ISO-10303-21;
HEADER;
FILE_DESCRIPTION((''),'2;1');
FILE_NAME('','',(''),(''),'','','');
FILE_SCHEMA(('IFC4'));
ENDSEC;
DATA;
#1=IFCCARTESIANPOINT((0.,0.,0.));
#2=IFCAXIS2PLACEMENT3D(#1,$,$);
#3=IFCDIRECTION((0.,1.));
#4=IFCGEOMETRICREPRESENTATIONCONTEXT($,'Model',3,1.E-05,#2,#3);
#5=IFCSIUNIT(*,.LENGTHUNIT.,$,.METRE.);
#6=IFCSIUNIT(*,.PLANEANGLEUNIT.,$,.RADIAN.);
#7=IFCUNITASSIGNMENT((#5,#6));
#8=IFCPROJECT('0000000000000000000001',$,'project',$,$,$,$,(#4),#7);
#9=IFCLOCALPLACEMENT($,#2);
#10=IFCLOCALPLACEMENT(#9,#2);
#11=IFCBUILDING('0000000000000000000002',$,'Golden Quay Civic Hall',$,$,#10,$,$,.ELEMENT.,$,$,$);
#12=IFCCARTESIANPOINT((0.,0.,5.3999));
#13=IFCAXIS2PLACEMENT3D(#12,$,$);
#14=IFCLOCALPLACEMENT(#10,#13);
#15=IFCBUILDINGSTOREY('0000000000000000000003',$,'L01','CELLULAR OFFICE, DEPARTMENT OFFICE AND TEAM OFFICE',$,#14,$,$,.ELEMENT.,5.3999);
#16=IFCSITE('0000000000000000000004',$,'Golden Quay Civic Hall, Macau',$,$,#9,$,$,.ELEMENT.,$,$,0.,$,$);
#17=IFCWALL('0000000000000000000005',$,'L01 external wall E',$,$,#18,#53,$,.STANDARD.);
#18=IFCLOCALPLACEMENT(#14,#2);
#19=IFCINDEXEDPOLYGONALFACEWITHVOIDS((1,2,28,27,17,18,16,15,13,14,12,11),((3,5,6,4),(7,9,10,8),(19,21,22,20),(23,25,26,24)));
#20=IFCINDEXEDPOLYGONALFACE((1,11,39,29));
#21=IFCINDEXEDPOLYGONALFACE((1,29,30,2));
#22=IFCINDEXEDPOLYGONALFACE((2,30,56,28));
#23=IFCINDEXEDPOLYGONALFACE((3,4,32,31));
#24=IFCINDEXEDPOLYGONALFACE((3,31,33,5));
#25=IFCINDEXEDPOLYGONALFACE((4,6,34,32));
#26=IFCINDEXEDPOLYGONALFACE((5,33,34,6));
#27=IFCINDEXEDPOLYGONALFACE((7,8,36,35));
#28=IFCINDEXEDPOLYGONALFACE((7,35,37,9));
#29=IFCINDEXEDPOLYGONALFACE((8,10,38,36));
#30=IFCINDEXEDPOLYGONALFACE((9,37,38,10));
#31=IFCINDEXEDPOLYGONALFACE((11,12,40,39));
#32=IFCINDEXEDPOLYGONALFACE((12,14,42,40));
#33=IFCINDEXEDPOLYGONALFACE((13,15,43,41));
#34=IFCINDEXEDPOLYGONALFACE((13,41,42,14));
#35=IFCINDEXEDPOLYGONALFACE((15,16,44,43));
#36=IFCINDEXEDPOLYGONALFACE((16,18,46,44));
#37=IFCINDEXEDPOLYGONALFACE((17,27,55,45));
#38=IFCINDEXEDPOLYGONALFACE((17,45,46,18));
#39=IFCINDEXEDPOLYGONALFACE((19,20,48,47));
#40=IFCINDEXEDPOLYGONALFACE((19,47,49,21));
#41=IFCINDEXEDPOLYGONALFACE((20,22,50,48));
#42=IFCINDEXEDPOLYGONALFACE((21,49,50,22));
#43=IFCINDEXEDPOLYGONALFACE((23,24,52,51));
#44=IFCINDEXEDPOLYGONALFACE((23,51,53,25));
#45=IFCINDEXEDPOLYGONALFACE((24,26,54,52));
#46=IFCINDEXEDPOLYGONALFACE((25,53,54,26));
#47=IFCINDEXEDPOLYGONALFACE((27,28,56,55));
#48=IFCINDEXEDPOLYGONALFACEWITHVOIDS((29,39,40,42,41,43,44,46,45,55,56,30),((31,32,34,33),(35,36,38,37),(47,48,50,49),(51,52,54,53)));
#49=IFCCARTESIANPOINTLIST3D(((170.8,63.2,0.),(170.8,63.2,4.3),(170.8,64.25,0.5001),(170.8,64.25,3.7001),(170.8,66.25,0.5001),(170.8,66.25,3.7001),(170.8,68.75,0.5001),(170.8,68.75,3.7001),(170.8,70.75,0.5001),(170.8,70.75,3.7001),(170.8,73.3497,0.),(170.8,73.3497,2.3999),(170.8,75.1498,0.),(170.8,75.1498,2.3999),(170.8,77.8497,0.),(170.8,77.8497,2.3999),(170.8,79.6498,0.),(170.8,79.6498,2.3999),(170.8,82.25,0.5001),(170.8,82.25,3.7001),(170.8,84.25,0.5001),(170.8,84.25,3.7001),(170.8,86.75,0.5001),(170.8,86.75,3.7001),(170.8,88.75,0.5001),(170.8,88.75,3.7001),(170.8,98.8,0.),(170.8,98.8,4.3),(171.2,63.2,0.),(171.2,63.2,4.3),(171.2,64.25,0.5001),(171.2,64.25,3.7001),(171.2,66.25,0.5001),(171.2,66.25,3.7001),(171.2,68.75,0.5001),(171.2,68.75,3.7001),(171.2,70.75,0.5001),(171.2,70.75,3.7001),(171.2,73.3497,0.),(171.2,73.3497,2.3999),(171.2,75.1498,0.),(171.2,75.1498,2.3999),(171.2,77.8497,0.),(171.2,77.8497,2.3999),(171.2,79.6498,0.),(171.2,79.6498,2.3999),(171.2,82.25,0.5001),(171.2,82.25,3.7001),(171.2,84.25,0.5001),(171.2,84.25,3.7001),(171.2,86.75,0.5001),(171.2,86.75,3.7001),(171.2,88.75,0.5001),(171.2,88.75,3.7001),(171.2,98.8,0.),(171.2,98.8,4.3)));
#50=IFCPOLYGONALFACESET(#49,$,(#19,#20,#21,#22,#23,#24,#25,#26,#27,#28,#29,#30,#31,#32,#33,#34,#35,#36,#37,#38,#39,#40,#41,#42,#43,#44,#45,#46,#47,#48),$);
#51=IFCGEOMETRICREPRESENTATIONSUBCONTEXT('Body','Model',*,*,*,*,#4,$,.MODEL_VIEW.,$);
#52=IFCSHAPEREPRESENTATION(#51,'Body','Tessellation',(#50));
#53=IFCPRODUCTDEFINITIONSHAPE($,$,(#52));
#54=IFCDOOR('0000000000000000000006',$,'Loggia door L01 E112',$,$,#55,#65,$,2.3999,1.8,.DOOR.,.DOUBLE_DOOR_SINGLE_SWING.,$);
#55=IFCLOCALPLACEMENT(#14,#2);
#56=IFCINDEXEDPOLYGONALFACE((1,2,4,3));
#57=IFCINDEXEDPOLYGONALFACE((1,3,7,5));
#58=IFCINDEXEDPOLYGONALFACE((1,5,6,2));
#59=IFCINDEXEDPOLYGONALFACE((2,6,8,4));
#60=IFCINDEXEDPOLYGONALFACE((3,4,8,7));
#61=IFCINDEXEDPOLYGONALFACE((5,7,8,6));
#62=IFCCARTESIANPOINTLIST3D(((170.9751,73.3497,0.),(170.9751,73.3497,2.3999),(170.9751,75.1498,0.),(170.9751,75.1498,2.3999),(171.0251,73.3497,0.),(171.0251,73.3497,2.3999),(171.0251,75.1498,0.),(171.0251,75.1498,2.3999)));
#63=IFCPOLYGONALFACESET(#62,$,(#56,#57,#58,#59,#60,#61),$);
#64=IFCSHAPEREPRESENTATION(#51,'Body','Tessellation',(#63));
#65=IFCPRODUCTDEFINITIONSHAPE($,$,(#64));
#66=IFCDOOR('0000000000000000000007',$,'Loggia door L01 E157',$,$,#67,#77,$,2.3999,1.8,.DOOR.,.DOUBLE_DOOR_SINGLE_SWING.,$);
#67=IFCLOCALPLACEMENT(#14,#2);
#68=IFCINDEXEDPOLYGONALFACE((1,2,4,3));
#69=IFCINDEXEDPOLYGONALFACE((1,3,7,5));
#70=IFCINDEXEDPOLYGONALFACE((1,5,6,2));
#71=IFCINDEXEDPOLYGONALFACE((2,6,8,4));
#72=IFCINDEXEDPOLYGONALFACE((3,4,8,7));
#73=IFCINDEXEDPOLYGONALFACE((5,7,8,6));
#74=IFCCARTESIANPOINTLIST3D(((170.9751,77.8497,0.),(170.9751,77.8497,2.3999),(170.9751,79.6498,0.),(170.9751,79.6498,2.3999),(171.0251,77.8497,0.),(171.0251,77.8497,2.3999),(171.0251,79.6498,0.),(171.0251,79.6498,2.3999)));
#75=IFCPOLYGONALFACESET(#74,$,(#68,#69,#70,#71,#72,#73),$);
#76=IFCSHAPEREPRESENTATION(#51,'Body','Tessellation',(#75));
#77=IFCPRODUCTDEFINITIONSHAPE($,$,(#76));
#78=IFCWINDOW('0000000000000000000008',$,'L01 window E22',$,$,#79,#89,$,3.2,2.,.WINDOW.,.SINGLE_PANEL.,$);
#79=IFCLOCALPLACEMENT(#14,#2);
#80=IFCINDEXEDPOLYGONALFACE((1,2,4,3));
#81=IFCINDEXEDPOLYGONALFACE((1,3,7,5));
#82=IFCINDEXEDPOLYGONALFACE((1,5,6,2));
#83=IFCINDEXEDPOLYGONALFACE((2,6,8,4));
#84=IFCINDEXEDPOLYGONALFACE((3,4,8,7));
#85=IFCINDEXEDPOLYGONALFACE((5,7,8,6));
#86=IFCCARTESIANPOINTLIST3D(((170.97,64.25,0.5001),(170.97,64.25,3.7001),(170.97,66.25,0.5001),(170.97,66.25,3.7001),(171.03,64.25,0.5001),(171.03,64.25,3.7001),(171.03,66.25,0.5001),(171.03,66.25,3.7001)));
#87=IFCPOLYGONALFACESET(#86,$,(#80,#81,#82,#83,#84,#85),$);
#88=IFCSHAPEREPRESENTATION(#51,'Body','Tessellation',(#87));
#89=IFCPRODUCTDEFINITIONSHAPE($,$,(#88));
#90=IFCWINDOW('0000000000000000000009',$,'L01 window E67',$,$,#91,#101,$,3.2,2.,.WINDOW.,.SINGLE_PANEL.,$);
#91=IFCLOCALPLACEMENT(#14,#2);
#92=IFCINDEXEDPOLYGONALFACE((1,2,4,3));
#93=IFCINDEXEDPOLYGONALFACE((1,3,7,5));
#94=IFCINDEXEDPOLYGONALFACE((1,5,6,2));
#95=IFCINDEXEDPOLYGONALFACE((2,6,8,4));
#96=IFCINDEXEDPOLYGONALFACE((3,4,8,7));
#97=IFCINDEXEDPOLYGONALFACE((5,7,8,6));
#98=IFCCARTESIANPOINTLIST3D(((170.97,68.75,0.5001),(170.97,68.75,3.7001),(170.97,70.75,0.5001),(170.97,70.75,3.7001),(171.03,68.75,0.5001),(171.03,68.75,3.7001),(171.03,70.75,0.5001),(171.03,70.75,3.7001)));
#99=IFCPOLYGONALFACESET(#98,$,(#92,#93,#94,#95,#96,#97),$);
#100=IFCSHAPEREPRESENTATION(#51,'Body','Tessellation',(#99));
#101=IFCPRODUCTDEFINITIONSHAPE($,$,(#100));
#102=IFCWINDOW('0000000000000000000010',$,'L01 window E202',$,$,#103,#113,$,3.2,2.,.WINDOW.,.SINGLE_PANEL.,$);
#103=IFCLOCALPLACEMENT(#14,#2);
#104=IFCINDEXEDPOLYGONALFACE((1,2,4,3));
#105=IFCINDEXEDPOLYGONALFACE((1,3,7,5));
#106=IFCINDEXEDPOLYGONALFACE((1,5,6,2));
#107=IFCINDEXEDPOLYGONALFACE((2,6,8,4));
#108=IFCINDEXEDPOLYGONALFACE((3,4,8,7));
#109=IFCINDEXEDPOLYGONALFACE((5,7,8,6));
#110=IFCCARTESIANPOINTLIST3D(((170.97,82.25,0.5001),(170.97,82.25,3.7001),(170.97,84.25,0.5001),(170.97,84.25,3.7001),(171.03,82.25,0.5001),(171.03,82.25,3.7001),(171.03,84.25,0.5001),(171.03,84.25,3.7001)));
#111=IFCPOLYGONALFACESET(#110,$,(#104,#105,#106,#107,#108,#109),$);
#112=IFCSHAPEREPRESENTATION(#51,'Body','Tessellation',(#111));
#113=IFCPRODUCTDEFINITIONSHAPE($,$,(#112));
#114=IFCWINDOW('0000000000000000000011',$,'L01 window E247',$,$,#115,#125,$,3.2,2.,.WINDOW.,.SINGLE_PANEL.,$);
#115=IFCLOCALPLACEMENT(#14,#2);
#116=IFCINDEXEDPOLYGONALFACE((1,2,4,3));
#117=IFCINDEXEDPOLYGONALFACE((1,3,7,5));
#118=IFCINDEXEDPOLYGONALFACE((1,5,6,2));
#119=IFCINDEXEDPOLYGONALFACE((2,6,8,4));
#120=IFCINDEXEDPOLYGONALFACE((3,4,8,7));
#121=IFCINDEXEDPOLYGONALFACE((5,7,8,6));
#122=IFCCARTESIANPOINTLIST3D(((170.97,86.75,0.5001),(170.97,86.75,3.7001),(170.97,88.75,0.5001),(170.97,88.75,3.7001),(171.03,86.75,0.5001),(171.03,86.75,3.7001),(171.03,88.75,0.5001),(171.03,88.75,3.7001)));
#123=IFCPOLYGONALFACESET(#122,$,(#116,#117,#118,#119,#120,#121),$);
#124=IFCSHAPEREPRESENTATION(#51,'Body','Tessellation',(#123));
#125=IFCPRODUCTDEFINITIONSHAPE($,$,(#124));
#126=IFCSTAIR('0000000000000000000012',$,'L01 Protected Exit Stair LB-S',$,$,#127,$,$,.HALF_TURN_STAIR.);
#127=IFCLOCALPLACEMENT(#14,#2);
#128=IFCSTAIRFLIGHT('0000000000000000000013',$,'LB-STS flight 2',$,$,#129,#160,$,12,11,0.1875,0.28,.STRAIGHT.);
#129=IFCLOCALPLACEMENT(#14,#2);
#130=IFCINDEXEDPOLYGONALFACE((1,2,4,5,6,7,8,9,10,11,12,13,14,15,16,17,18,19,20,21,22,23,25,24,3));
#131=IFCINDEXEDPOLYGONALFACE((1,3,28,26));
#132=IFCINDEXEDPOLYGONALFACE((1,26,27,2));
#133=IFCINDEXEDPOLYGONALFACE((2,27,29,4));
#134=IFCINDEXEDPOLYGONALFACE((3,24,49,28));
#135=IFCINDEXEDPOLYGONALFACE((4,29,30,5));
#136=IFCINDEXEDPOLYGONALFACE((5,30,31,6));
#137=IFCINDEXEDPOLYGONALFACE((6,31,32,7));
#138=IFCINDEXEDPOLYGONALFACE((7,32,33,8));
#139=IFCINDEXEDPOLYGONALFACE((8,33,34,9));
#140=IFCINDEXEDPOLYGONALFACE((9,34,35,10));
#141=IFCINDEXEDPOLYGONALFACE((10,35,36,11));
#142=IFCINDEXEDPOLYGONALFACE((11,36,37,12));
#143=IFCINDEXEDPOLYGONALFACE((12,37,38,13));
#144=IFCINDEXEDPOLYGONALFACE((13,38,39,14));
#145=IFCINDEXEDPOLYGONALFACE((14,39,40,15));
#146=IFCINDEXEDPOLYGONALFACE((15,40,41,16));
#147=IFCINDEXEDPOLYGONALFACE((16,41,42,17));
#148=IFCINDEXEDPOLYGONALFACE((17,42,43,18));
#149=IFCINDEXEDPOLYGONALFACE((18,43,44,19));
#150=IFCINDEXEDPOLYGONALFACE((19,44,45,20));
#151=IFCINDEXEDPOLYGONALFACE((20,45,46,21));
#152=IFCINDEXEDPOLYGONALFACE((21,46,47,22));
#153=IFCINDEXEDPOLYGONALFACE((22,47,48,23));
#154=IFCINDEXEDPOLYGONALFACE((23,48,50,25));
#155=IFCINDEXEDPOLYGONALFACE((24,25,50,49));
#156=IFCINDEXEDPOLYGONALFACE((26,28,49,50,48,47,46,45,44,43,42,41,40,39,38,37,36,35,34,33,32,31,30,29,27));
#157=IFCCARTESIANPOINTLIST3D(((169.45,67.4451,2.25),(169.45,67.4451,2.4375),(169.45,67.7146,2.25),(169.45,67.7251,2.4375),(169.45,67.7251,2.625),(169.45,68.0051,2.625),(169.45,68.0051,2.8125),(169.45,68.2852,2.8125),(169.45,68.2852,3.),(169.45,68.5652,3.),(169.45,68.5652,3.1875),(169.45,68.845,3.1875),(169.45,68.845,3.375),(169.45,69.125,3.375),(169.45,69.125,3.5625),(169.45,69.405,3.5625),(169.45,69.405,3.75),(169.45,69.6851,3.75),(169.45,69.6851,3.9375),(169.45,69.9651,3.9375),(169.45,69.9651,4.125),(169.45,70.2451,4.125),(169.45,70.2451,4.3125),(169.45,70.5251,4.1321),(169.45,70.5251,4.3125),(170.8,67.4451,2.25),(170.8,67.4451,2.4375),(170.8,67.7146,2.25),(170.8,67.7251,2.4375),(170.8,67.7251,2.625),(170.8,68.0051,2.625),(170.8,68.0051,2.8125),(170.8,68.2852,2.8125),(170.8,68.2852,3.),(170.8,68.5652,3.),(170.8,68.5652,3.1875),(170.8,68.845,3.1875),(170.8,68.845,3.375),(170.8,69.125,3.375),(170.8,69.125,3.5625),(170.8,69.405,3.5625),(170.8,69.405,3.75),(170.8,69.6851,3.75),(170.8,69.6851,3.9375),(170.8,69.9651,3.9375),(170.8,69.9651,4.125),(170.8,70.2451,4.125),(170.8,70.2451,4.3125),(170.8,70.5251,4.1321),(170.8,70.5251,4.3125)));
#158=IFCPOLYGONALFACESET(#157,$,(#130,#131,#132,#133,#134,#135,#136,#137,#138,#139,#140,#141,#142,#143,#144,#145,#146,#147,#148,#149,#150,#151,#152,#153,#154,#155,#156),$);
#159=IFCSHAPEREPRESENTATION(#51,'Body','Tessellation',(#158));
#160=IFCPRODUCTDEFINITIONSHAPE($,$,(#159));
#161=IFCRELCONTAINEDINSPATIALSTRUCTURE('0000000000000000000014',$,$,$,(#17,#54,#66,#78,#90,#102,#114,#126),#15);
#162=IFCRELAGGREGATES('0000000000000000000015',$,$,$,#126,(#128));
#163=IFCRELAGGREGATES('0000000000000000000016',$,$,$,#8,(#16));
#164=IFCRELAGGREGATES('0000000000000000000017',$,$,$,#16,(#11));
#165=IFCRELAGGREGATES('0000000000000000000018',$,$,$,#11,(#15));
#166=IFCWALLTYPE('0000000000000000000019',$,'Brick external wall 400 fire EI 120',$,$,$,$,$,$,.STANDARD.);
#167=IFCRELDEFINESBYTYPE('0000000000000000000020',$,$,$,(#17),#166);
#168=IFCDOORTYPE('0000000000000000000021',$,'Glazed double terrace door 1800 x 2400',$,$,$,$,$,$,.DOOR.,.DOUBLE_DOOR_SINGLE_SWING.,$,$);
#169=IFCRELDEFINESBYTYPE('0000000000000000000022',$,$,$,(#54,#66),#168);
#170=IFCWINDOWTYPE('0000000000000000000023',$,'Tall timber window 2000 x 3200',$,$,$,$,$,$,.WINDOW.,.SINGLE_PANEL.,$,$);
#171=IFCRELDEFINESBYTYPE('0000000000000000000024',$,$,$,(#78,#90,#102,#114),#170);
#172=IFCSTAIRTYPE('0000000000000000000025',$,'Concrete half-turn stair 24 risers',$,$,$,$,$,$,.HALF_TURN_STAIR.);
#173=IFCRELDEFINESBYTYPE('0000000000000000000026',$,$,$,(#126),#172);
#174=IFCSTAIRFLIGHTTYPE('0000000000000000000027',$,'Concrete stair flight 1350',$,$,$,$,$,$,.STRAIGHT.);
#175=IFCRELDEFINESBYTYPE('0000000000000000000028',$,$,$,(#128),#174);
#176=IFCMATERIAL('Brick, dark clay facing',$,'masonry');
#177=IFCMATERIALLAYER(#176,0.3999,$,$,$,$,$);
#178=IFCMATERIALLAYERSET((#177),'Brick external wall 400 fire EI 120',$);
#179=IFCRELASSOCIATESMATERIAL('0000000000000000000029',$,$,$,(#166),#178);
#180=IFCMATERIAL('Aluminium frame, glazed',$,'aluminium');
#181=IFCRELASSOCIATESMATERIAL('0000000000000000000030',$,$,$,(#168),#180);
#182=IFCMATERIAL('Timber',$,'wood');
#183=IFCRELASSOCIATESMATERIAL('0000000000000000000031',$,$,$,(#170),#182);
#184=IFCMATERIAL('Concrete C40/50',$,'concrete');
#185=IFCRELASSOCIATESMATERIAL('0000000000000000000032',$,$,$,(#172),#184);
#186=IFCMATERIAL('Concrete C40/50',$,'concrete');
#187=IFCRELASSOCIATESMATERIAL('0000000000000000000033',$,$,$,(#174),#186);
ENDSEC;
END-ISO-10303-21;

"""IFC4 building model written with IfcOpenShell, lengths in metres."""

from ifc_helpers import new_model, si_unit, direction, frame, frame_2d, origin, place, context, subcontext, project, spatial, polyline, rectangle, outline, extrude, material, layer, layer_set, type_object, element, fill, aggregate, save


model = new_model("IFC4")

# Units and contexts
model_context = context("Model", 3, precision=1e-05, world=origin(), true_north=direction((0.0, 1.0)))
body_context = subcontext(model_context, "Body", "Model", "MODEL_VIEW")
ifc_project = project(units=[si_unit("LENGTHUNIT", "METRE"), si_unit("PLANEANGLEUNIT", "RADIAN")], contexts=[model_context])

# Site, building, storey
site_placement = place(None, origin())
site = spatial("IfcSite", under=ifc_project, at=site_placement, Name="Golden Quay Civic Hall, Macau", CompositionType="ELEMENT", RefElevation=0.0)
building_placement = place(site_placement, origin())
building = spatial("IfcBuilding", under=site, at=building_placement, Name="Golden Quay Civic Hall", CompositionType="ELEMENT")
storey_placement = place(building_placement, frame((0.0, 0.0, 5.3999)))
storey = spatial("IfcBuildingStorey", under=building, at=storey_placement, Name="L01", Description="CELLULAR OFFICE, DEPARTMENT OFFICE AND TEAM OFFICE", CompositionType="ELEMENT", Elevation=5.3999)

# Wall, openings, doors, windows
ifc_material_1 = material(Name="Brick, dark clay facing", Category="masonry")
ifc_layer = layer(ifc_material_1, 0.3999)
ifc_layer_set = layer_set([ifc_layer], Name="Brick external wall 400 fire EI 120")
wall_type = type_object("IfcWallType", Name="Brick external wall 400 fire EI 120", PredefinedType="STANDARD", material=ifc_layer_set)
wall_placement = place(storey_placement, frame((171.0, 63.2, 0.0), z_axis=(0.0, 0.0, 1.0), x_axis=(0.0, 1.0, 0.0)))
wall = element("IfcWall", 1, at=wall_placement, inside=storey, type_object=wall_type, Name="L01 external wall E", PredefinedType="STANDARD", context=body_context, shape_type="SweptSolid", body=[
    extrude(rectangle(XDim=35.6001, YDim=0.3999, at=frame_2d((17.8, 0.0))), origin(), (0.0, 0.0, 1.0), 4.3),
])
opening_1_placement = place(wall_placement, frame((1.05, 0.0, 0.5)))
opening_1 = element("IfcOpeningElement", 2, at=opening_1_placement, cuts=wall, PredefinedType="OPENING", context=body_context, shape_type="SweptSolid", body=[
    extrude(rectangle(XDim=2.0, YDim=3.2, at=frame_2d((1.0, 1.6001))), frame((0.0, 0.21, 0.0), z_axis=(0.0, -1.0, 0.0), x_axis=(1.0, 0.0, 0.0)), (0.0, 0.0, 1.0), 0.4199),
])
opening_2_placement = place(wall_placement, frame((5.55, 0.0, 0.5)))
opening_2 = element("IfcOpeningElement", 3, at=opening_2_placement, cuts=wall, PredefinedType="OPENING", context=body_context, shape_type="SweptSolid", body=[
    extrude(rectangle(XDim=2.0, YDim=3.2, at=frame_2d((1.0, 1.6001))), frame((0.0, 0.21, 0.0), z_axis=(0.0, -1.0, 0.0), x_axis=(1.0, 0.0, 0.0)), (0.0, 0.0, 1.0), 0.4199),
])
opening_3_placement = place(wall_placement, frame((19.05, 0.0, 0.5)))
opening_3 = element("IfcOpeningElement", 4, at=opening_3_placement, cuts=wall, PredefinedType="OPENING", context=body_context, shape_type="SweptSolid", body=[
    extrude(rectangle(XDim=2.0, YDim=3.2, at=frame_2d((1.0, 1.6001))), frame((0.0, 0.21, 0.0), z_axis=(0.0, -1.0, 0.0), x_axis=(1.0, 0.0, 0.0)), (0.0, 0.0, 1.0), 0.4199),
])
opening_4_placement = place(wall_placement, frame((23.55, 0.0, 0.5)))
opening_4 = element("IfcOpeningElement", 5, at=opening_4_placement, cuts=wall, PredefinedType="OPENING", context=body_context, shape_type="SweptSolid", body=[
    extrude(rectangle(XDim=2.0, YDim=3.2, at=frame_2d((1.0, 1.6001))), frame((0.0, 0.21, 0.0), z_axis=(0.0, -1.0, 0.0), x_axis=(1.0, 0.0, 0.0)), (0.0, 0.0, 1.0), 0.4199),
])
opening_5_placement = place(wall_placement, frame((10.1499, 0.0, 0.0)))
opening_5 = element("IfcOpeningElement", 6, at=opening_5_placement, cuts=wall, PredefinedType="OPENING", context=body_context, shape_type="SweptSolid", body=[
    extrude(rectangle(XDim=1.8, YDim=2.3999, at=frame_2d((0.8999, 1.2))), frame((0.0, 0.21, 0.0), z_axis=(0.0, -1.0, 0.0), x_axis=(1.0, 0.0, 0.0)), (0.0, 0.0, 1.0), 0.4199),
])
opening_6_placement = place(wall_placement, frame((14.6499, 0.0, 0.0)))
opening_6 = element("IfcOpeningElement", 7, at=opening_6_placement, cuts=wall, PredefinedType="OPENING", context=body_context, shape_type="SweptSolid", body=[
    extrude(rectangle(XDim=1.8, YDim=2.3999, at=frame_2d((0.8999, 1.2))), frame((0.0, 0.21, 0.0), z_axis=(0.0, -1.0, 0.0), x_axis=(1.0, 0.0, 0.0)), (0.0, 0.0, 1.0), 0.4199),
])
ifc_material_2 = material(Name="Aluminium frame, glazed", Category="aluminium")
door_type = type_object("IfcDoorType", Name="Glazed double terrace door 1800 x 2400", OperationType="DOUBLE_DOOR_SINGLE_SWING", PredefinedType="DOOR", material=ifc_material_2)
door_1_placement = place(opening_5_placement, frame((1.8, 0.0, 0.0), z_axis=(0.0, 0.0, 1.0), x_axis=(-1.0, 0.0, 0.0)))
door_1 = element("IfcDoor", 8, at=door_1_placement, inside=storey, type_object=door_type, Name="Loggia door L01 E112", OperationType="DOUBLE_DOOR_SINGLE_SWING", OverallHeight=2.3999, OverallWidth=1.8, PredefinedType="DOOR", context=body_context, shape_type="SweptSolid", body=[
    extrude(rectangle(XDim=1.8, YDim=2.3999, at=frame_2d((0.9001, 1.2))), frame((0.0, 0.0251, 0.0), z_axis=(0.0, -1.0, 0.0), x_axis=(1.0, 0.0, 0.0)), (0.0, 0.0, 1.0), 0.05),
])
fill(opening_5, door_1)
door_2_placement = place(opening_6_placement, frame((1.8, 0.0, 0.0), z_axis=(0.0, 0.0, 1.0), x_axis=(-1.0, 0.0, 0.0)))
door_2 = element("IfcDoor", 9, at=door_2_placement, inside=storey, type_object=door_type, Name="Loggia door L01 E157", OperationType="DOUBLE_DOOR_SINGLE_SWING", OverallHeight=2.3999, OverallWidth=1.8, PredefinedType="DOOR", context=body_context, shape_type="SweptSolid", body=[
    extrude(rectangle(XDim=1.8, YDim=2.3999, at=frame_2d((0.9001, 1.2))), frame((0.0, 0.0251, 0.0), z_axis=(0.0, -1.0, 0.0), x_axis=(1.0, 0.0, 0.0)), (0.0, 0.0, 1.0), 0.05),
])
fill(opening_6, door_2)
ifc_material_3 = material(Name="Timber", Category="wood")
window_type = type_object("IfcWindowType", Name="Tall timber window 2000 x 3200", PartitioningType="SINGLE_PANEL", PredefinedType="WINDOW", material=ifc_material_3)
window_1_placement = place(opening_1_placement, origin())
window_1 = element("IfcWindow", 10, at=window_1_placement, inside=storey, type_object=window_type, Name="L01 window E22", OverallHeight=3.2, OverallWidth=2.0, PartitioningType="SINGLE_PANEL", PredefinedType="WINDOW", context=body_context, shape_type="SweptSolid", body=[
    extrude(rectangle(XDim=2.0, YDim=3.2, at=frame_2d((1.0, 1.6001))), frame((0.0, 0.03, 0.0), z_axis=(0.0, -1.0, 0.0), x_axis=(1.0, 0.0, 0.0)), (0.0, 0.0, 1.0), 0.0601),
])
fill(opening_1, window_1)
window_2_placement = place(opening_2_placement, origin())
window_2 = element("IfcWindow", 11, at=window_2_placement, inside=storey, type_object=window_type, Name="L01 window E67", OverallHeight=3.2, OverallWidth=2.0, PartitioningType="SINGLE_PANEL", PredefinedType="WINDOW", context=body_context, shape_type="SweptSolid", body=[
    extrude(rectangle(XDim=2.0, YDim=3.2, at=frame_2d((1.0, 1.6001))), frame((0.0, 0.03, 0.0), z_axis=(0.0, -1.0, 0.0), x_axis=(1.0, 0.0, 0.0)), (0.0, 0.0, 1.0), 0.0601),
])
fill(opening_2, window_2)
window_3_placement = place(opening_3_placement, origin())
window_3 = element("IfcWindow", 12, at=window_3_placement, inside=storey, type_object=window_type, Name="L01 window E202", OverallHeight=3.2, OverallWidth=2.0, PartitioningType="SINGLE_PANEL", PredefinedType="WINDOW", context=body_context, shape_type="SweptSolid", body=[
    extrude(rectangle(XDim=2.0, YDim=3.2, at=frame_2d((1.0, 1.6001))), frame((0.0, 0.03, 0.0), z_axis=(0.0, -1.0, 0.0), x_axis=(1.0, 0.0, 0.0)), (0.0, 0.0, 1.0), 0.0601),
])
fill(opening_3, window_3)
window_4_placement = place(opening_4_placement, origin())
window_4 = element("IfcWindow", 13, at=window_4_placement, inside=storey, type_object=window_type, Name="L01 window E247", OverallHeight=3.2, OverallWidth=2.0, PartitioningType="SINGLE_PANEL", PredefinedType="WINDOW", context=body_context, shape_type="SweptSolid", body=[
    extrude(rectangle(XDim=2.0, YDim=3.2, at=frame_2d((1.0, 1.6001))), frame((0.0, 0.03, 0.0), z_axis=(0.0, -1.0, 0.0), x_axis=(1.0, 0.0, 0.0)), (0.0, 0.0, 1.0), 0.0601),
])
fill(opening_4, window_4)

# Stair, stair flight
ifc_material_4 = material(Name="Concrete C40/50", Category="concrete")
stair_type = type_object("IfcStairType", Name="Concrete half-turn stair 24 risers", PredefinedType="HALF_TURN_STAIR", material=ifc_material_4)
stair_placement = place(storey_placement, origin())
stair = element("IfcStair", 14, at=stair_placement, inside=storey, type_object=stair_type, Name="L01 Protected Exit Stair LB-S", PredefinedType="HALF_TURN_STAIR")
ifc_material_5 = material(Name="Concrete C40/50", Category="concrete")
stair_flight_type = type_object("IfcStairFlightType", Name="Concrete stair flight 1350", PredefinedType="STRAIGHT", material=ifc_material_5)
stair_flight_placement = place(storey_placement, frame((170.125, 67.4451, 2.25), z_axis=(0.0, 0.0, 1.0), x_axis=(0.0, 1.0, 0.0)))
stair_flight = element("IfcStairFlight", 15, at=stair_flight_placement, type_object=stair_flight_type, Name="LB-STS flight 2", NumberOfRisers=12, NumberOfTreads=11, PredefinedType="STRAIGHT", RiserHeight=0.1875, TreadLength=0.28, context=body_context, shape_type="SweptSolid", body=[
    extrude(outline(polyline([(0.0, 0.0), (0.0, 0.1875), (0.28, 0.1875), (0.28, 0.375), (0.5601, 0.375), (0.5601, 0.5625), (0.8401, 0.5625), (0.8401, 0.75), (1.1201, 0.75), (1.1201, 0.9375), (1.3999, 0.9375), (1.3999, 1.125), (1.6799, 1.125), (1.6799, 1.3125), (1.96, 1.3125), (1.96, 1.5), (2.24, 1.5), (2.24, 1.6875), (2.52, 1.6875), (2.52, 1.875), (2.8, 1.875), (2.8, 2.0625), (3.0801, 2.0625), (3.0801, 2.25), (3.0801, 1.8821), (0.2695, 0.0), (0.0, 0.0)])), frame((0.0, 0.675, 0.0), z_axis=(0.0, -1.0, 0.0), x_axis=(1.0, 0.0, 0.0)), (0.0, 0.0, 1.0), 1.35),
])
aggregate(stair, [stair_flight])

save(model, "model.ifc")
